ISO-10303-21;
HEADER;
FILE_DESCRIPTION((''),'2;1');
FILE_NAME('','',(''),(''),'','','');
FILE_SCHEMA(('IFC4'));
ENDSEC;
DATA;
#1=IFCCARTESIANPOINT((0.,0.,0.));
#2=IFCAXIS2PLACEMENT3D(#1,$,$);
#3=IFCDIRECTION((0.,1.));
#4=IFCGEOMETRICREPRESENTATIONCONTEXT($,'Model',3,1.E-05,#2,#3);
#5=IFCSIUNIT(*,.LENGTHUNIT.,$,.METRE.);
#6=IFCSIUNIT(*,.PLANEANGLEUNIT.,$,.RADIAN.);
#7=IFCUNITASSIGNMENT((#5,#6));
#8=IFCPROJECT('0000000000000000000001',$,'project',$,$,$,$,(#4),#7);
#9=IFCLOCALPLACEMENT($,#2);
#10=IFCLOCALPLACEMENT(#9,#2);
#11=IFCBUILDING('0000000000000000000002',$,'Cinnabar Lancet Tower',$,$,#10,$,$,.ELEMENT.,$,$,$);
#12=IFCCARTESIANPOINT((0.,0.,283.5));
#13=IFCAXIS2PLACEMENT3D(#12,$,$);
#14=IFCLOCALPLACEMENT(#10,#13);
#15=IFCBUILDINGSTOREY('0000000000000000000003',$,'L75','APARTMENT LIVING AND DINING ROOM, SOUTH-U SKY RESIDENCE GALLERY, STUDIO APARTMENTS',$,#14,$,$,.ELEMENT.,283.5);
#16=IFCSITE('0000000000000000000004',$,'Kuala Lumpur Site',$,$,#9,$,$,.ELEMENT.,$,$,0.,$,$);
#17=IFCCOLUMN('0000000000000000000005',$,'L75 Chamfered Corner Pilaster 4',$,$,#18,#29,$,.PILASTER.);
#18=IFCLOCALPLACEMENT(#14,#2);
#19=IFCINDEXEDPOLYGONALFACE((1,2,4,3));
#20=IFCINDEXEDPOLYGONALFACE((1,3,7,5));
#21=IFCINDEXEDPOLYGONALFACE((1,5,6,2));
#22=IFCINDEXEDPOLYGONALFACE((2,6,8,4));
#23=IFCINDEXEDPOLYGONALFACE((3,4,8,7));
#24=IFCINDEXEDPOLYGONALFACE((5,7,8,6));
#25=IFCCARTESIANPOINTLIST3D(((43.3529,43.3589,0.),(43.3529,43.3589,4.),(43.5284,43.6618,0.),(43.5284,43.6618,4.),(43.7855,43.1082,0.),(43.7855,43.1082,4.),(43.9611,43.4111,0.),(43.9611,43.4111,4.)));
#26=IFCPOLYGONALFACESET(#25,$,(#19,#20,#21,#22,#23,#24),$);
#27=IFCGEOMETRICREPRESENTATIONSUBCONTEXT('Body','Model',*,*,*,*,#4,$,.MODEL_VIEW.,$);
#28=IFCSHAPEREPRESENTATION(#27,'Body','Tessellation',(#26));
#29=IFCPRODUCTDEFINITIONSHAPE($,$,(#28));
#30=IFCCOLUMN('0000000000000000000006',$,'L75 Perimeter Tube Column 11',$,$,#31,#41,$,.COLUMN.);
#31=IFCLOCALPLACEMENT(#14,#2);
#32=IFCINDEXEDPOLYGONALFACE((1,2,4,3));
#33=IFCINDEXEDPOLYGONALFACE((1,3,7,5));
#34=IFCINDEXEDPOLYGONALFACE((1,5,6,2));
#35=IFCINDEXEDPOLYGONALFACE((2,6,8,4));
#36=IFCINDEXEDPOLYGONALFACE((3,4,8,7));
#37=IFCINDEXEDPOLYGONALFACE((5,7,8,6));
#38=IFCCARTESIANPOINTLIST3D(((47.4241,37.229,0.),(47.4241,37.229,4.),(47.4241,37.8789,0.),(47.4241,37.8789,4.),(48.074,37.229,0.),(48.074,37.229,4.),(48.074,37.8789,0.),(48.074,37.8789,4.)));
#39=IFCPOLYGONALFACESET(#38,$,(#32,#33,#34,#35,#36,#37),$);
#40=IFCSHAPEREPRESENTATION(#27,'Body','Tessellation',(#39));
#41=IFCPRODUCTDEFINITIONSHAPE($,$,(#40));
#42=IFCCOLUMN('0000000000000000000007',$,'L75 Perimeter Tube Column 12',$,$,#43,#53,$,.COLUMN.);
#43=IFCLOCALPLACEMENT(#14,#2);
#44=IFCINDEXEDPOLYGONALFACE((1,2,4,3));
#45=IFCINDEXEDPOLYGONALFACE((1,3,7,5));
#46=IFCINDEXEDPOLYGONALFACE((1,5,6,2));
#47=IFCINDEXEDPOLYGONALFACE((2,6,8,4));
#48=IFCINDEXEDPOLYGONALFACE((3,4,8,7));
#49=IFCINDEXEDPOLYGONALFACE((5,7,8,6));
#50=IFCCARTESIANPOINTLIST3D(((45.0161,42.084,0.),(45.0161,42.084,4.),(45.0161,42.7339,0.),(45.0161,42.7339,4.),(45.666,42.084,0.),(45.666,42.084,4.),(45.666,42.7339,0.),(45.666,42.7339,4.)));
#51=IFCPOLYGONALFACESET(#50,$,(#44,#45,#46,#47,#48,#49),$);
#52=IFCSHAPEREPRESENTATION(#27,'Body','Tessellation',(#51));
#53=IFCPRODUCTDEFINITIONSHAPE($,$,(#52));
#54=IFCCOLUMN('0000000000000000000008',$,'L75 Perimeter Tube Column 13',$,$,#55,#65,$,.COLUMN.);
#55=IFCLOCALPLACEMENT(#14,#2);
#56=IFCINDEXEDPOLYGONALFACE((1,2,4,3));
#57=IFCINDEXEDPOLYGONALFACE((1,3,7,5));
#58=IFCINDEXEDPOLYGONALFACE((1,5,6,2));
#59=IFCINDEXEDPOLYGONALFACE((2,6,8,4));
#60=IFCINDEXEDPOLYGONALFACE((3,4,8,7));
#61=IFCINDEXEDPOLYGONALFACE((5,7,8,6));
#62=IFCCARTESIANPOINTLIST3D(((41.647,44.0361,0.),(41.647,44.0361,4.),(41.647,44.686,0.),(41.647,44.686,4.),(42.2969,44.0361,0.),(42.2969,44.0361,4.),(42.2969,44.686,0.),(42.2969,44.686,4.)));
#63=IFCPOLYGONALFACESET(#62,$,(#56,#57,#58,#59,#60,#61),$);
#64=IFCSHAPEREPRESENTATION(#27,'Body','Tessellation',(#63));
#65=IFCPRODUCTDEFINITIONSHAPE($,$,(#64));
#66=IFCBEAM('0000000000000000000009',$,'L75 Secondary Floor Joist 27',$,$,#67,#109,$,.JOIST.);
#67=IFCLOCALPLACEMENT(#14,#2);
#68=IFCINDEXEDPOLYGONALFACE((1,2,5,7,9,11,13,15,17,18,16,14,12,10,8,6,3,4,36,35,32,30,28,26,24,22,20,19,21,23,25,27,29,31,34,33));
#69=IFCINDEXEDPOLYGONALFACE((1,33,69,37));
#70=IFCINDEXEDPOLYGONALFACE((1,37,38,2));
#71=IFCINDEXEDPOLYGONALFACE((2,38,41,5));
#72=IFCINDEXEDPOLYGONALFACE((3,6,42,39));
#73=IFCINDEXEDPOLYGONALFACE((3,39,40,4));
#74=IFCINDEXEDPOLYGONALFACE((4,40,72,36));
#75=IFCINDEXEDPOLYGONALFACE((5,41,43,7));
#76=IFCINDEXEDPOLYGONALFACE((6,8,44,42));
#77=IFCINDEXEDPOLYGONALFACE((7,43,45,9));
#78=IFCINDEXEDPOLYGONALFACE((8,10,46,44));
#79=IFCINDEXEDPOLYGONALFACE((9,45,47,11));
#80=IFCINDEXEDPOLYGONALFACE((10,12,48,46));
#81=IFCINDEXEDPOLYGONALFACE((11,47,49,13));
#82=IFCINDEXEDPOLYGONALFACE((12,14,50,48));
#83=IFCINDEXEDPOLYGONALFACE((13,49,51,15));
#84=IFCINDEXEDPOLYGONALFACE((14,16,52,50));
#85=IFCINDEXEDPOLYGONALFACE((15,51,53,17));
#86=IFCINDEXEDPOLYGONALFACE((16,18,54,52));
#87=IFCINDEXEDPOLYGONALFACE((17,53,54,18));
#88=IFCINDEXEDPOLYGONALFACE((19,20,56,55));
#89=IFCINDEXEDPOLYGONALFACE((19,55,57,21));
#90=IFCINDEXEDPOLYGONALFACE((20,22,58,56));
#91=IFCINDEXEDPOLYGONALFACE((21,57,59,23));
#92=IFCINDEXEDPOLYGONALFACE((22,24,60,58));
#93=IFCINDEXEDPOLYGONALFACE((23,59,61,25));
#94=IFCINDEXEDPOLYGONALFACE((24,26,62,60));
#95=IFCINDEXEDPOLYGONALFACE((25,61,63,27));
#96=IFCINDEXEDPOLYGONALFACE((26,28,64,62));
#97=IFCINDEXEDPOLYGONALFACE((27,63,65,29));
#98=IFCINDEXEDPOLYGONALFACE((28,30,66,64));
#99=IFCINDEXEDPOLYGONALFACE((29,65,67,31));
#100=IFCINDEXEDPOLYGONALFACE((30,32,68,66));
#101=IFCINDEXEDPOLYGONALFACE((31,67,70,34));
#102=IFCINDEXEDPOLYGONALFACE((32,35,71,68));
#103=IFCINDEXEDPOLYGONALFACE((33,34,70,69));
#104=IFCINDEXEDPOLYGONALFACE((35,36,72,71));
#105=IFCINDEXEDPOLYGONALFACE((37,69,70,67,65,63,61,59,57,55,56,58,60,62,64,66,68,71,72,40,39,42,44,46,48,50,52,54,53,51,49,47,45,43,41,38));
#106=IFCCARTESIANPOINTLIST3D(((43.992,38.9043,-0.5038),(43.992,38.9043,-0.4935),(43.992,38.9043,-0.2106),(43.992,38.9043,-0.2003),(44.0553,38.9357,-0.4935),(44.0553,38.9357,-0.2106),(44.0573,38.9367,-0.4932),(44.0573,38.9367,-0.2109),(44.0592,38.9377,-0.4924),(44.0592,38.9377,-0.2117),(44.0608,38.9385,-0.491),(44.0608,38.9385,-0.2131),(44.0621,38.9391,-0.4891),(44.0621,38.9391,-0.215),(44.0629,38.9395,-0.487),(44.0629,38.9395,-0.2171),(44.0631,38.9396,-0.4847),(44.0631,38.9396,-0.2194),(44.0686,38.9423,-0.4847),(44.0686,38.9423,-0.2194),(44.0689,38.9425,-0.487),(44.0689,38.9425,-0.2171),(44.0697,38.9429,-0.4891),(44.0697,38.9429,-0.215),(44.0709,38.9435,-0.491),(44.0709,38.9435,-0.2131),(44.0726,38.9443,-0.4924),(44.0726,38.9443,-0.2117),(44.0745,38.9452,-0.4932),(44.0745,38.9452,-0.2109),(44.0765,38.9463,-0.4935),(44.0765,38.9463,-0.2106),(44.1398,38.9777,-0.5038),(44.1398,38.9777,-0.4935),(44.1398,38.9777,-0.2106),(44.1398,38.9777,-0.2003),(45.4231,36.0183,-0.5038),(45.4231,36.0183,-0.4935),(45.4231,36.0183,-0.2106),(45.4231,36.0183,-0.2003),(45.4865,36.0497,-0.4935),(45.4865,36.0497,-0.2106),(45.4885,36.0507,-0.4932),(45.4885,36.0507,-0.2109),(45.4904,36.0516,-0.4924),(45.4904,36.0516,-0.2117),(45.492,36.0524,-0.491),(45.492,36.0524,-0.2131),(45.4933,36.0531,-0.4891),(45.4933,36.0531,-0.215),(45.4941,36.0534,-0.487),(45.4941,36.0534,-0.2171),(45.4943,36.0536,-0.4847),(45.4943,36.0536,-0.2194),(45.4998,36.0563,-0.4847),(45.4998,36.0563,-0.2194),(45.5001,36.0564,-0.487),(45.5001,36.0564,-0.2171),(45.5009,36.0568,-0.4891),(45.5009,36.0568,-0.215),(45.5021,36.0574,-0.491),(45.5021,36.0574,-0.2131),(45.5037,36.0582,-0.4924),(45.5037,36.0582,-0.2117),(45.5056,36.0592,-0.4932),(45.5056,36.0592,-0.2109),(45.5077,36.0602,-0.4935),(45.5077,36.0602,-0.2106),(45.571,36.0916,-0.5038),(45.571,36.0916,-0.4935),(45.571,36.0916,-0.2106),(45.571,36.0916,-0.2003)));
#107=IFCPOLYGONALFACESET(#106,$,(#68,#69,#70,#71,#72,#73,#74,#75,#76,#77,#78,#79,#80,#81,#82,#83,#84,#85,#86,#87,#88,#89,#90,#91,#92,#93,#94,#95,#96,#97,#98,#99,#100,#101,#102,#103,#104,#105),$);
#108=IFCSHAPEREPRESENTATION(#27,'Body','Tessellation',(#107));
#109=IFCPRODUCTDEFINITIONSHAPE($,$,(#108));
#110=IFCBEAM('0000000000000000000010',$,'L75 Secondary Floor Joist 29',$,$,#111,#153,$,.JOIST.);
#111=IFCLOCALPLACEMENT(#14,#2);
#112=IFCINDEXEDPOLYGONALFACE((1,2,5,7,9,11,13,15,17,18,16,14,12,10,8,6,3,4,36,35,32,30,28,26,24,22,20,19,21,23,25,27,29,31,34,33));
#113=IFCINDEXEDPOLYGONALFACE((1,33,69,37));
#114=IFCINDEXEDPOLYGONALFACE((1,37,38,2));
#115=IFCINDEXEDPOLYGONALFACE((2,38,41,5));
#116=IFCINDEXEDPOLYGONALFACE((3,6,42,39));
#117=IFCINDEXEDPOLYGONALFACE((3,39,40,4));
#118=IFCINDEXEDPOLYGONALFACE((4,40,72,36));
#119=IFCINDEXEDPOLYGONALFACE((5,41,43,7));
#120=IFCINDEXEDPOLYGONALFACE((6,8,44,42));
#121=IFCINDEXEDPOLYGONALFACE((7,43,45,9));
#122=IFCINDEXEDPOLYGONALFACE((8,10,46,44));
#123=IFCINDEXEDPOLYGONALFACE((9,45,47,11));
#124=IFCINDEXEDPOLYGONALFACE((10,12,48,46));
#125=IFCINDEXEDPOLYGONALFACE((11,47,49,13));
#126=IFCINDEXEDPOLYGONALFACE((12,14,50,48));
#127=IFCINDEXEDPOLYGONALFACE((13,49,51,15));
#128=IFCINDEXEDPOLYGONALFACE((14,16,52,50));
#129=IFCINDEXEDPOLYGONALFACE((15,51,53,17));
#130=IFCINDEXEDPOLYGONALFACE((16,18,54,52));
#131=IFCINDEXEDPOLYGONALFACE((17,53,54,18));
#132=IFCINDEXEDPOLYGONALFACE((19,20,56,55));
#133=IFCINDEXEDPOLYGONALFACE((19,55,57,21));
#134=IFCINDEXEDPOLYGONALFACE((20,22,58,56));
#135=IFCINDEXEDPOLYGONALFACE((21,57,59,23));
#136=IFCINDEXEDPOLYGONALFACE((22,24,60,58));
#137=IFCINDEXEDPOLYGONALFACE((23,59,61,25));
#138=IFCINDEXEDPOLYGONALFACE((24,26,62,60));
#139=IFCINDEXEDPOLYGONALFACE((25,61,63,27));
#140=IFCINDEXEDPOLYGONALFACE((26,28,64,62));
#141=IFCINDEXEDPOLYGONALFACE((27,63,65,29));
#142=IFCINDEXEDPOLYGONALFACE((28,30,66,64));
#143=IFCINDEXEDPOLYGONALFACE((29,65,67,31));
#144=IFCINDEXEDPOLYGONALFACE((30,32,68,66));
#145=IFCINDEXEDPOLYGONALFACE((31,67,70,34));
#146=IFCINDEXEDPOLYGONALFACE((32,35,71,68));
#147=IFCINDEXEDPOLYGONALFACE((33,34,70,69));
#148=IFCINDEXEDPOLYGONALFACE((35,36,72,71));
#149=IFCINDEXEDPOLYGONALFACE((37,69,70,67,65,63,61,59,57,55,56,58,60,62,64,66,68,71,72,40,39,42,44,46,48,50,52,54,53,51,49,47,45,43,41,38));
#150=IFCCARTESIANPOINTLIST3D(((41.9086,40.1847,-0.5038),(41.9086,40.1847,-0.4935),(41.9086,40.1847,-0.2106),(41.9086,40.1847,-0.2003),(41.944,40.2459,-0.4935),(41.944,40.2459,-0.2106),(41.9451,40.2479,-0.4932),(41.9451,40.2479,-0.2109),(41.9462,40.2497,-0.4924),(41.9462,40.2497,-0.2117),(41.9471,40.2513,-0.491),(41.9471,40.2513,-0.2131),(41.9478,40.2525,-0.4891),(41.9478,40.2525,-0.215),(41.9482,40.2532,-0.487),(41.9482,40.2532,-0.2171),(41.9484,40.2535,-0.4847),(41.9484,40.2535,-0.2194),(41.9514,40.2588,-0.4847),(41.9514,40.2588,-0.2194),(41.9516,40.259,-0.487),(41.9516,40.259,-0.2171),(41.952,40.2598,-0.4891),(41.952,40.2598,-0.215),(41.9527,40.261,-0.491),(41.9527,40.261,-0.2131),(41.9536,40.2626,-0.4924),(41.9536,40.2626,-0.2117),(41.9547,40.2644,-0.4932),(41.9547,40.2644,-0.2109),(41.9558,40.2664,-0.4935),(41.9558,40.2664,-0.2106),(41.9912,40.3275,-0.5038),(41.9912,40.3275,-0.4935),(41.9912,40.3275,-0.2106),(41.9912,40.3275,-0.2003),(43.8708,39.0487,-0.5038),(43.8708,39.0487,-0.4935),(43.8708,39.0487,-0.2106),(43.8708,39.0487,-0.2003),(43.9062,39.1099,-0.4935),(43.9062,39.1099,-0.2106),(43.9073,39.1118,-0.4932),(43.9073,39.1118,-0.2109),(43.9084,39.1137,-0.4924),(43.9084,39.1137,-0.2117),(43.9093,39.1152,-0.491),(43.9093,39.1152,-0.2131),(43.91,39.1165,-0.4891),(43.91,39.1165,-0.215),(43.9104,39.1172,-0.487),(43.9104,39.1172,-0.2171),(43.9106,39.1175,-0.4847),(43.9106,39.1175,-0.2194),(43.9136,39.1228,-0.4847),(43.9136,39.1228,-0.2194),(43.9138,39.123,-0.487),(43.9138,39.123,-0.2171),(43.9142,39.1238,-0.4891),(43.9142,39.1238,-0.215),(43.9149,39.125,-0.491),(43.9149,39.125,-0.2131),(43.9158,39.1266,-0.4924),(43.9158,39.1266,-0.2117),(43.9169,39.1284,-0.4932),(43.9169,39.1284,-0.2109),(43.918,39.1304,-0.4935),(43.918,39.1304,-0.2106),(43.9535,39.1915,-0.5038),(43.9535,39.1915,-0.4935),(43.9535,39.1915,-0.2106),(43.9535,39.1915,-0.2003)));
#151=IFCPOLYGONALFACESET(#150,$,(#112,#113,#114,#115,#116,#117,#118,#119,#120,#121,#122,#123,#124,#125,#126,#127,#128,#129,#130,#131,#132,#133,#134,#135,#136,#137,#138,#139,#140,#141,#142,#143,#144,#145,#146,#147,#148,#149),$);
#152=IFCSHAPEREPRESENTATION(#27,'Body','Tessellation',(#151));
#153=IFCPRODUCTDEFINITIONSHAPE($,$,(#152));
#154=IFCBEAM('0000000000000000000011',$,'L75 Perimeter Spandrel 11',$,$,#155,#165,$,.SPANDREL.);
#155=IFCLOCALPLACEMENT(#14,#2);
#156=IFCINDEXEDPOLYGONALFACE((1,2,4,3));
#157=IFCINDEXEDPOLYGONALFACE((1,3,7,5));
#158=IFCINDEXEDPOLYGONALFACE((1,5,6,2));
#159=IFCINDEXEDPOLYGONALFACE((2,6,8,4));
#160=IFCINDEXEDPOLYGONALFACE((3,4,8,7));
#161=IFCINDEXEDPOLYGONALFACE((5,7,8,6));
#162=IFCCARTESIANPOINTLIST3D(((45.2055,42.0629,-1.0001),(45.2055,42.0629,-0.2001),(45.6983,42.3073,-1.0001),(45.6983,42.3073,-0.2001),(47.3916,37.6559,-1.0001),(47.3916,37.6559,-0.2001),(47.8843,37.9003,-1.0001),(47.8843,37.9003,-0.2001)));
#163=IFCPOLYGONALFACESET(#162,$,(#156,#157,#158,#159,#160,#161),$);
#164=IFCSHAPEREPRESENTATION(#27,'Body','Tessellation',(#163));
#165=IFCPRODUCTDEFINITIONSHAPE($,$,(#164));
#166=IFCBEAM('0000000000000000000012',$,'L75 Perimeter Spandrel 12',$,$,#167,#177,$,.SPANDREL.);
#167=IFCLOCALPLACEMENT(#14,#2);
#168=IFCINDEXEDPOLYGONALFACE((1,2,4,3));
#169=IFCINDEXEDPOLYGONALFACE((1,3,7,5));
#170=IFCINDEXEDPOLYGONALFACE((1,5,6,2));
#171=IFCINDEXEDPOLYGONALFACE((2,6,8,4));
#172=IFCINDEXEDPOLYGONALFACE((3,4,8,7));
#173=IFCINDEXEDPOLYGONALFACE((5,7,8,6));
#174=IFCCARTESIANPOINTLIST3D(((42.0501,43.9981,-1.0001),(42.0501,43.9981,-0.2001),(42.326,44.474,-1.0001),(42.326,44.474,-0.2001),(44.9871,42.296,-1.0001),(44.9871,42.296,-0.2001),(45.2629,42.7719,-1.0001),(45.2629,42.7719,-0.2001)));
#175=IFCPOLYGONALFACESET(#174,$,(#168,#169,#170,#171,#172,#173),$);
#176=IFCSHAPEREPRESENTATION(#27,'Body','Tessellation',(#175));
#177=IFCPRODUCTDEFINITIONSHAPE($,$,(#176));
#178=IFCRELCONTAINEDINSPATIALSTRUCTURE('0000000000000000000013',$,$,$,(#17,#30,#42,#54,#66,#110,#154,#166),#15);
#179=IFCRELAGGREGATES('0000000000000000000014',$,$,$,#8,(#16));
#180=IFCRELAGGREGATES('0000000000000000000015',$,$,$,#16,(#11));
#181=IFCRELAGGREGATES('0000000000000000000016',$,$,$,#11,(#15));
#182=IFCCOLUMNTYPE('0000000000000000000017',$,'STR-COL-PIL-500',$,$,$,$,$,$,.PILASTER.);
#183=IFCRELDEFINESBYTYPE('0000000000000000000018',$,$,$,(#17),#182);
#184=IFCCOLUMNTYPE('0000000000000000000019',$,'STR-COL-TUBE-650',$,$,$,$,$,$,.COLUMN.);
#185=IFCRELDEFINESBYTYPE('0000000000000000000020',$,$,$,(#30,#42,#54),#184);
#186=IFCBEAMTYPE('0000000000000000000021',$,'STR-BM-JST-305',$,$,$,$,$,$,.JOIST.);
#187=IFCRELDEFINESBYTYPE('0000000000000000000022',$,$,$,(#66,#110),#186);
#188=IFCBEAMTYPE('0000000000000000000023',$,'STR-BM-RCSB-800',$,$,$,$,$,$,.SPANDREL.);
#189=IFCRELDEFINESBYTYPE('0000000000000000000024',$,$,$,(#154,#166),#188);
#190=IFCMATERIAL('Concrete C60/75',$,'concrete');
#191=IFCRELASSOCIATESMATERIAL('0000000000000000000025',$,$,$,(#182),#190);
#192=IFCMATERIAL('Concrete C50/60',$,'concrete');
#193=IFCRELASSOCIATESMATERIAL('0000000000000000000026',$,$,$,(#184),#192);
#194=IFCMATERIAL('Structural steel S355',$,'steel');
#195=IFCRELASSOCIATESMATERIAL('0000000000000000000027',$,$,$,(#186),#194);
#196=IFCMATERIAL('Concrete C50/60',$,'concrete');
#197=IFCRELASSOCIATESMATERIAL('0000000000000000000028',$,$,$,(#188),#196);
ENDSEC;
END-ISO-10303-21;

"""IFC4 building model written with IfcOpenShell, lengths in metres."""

from ifc_helpers import new_model, si_unit, direction, frame, origin, origin_2d, place, context, subcontext, project, spatial, rectangle, i_section, extrude, material, material_profile, profile_set, type_object, element, save


model = new_model("IFC4")

# Units and contexts
model_context = context("Model", 3, precision=1e-05, world=origin(), true_north=direction((0.0, 1.0)))
body_context = subcontext(model_context, "Body", "Model", "MODEL_VIEW")
ifc_project = project(units=[si_unit("LENGTHUNIT", "METRE"), si_unit("PLANEANGLEUNIT", "RADIAN")], contexts=[model_context])

# Site, building, storey
site_placement = place(None, origin())
site = spatial("IfcSite", under=ifc_project, at=site_placement, Name="Kuala Lumpur Site", CompositionType="ELEMENT", RefElevation=0.0)
building_placement = place(site_placement, origin())
building = spatial("IfcBuilding", under=site, at=building_placement, Name="Cinnabar Lancet Tower", CompositionType="ELEMENT")
storey_placement = place(building_placement, frame((0.0, 0.0, 283.5)))
storey = spatial("IfcBuildingStorey", under=building, at=storey_placement, Name="L75", Description="APARTMENT LIVING AND DINING ROOM, SOUTH-U SKY RESIDENCE GALLERY, STUDIO APARTMENTS", CompositionType="ELEMENT", Elevation=283.5)

# Columns
ifc_material_1 = material(Name="Concrete C60/75", Category="concrete")
ifc_material_profile_1 = material_profile(ifc_material_1, rectangle(XDim=0.5, YDim=0.3501, at=origin_2d()), Name="RC-PIL 500x350")
ifc_profile_set_1 = profile_set([ifc_material_profile_1], Name="Concrete C60/75")
column_type_1 = type_object("IfcColumnType", Name="STR-COL-PIL-500", PredefinedType="PILASTER", material=ifc_profile_set_1)
column_placement = place(storey_placement, frame((43.657, 43.385, 0.0), z_axis=(0.0, 0.0, 1.0), x_axis=(-0.865256, 0.50133, 0.0)))
element("IfcColumn", 1, at=column_placement, inside=storey, type_object=column_type_1, Name="L75 Chamfered Corner Pilaster 4", PredefinedType="PILASTER", context=body_context, shape_type="SweptSolid", body=[
    extrude(rectangle(XDim=0.5, YDim=0.3501, at=origin_2d()), origin(), (0.0, 0.0, 1.0), 4.0),
])
ifc_material_2 = material(Name="Concrete C50/60", Category="concrete")
ifc_material_profile_2 = material_profile(ifc_material_2, rectangle(XDim=0.6499, YDim=0.6499, at=origin_2d()), Name="RC-COL 650x650")
ifc_profile_set_2 = profile_set([ifc_material_profile_2], Name="Concrete C50/60")
column_type_2 = type_object("IfcColumnType", Name="STR-COL-TUBE-650", PredefinedType="COLUMN", material=ifc_profile_set_2)
for number, where, z_axis, x_axis, name in (
    (2, (47.749, 37.554, 0.0), (0.0, 0.0, 1.0), (1.0, 0.0, 0.0), "L75 Perimeter Tube Column 11"),
    (3, (45.3411, 42.4089, 0.0), (0.0, 0.0, 1.0), (1.0, 0.0, 0.0), "L75 Perimeter Tube Column 12"),
    (4, (41.9719, 44.3611, 0.0), (0.0, 0.0, 1.0), (1.0, 0.0, 0.0), "L75 Perimeter Tube Column 13"),
):
    element("IfcColumn", number, at=place(storey_placement, frame(where, z_axis=z_axis, x_axis=x_axis)), inside=storey, type_object=column_type_2, Name=name, PredefinedType="COLUMN", context=body_context, shape_type="SweptSolid", body=[
        extrude(rectangle(XDim=0.6499, YDim=0.6499, at=origin_2d()), origin(), (0.0, 0.0, 1.0), 4.0),
    ])

# Beams
ifc_material_3 = material(Name="Structural steel S355", Category="steel")
ifc_material_profile_3 = material_profile(ifc_material_3, i_section(OverallWidth=0.165, OverallDepth=0.3035, WebThickness=0.0061, FlangeThickness=0.0103, FilletRadius=0.0088, at=origin_2d()), Name="UKB 305x165x40")
ifc_profile_set_3 = profile_set([ifc_material_profile_3], Name="Structural steel S355")
beam_type_1 = type_object("IfcBeamType", Name="STR-BM-JST-305", PredefinedType="JOIST", material=ifc_profile_set_3)
beam_1_placement = place(storey_placement, frame((45.4971, 36.0549, -0.3521), z_axis=(-0.444271, 0.895893, 0.0), x_axis=(-0.895893, -0.444271, 0.0)))
element("IfcBeam", 5, at=beam_1_placement, inside=storey, type_object=beam_type_1, Name="L75 Secondary Floor Joist 27", PredefinedType="JOIST", context=body_context, shape_type="SweptSolid", body=[
    extrude(i_section(OverallWidth=0.165, OverallDepth=0.3035, WebThickness=0.0061, FlangeThickness=0.0103, FilletRadius=0.0088, at=origin_2d()), origin(), (0.0, 0.0, 1.0), 3.2214),
])
beam_2_placement = place(storey_placement, frame((43.9121, 39.1201, -0.3521), z_axis=(-0.865426, 0.501036, 0.0), x_axis=(-0.501036, -0.865426, 0.0)))
element("IfcBeam", 6, at=beam_2_placement, inside=storey, type_object=beam_type_1, Name="L75 Secondary Floor Joist 29", PredefinedType="JOIST", context=body_context, shape_type="SweptSolid", body=[
    extrude(i_section(OverallWidth=0.165, OverallDepth=0.3035, WebThickness=0.0061, FlangeThickness=0.0103, FilletRadius=0.0088, at=origin_2d()), origin(), (0.0, 0.0, 1.0), 2.2673),
])
ifc_material_4 = material(Name="Concrete C50/60", Category="concrete")
ifc_material_profile_4 = material_profile(ifc_material_4, rectangle(XDim=0.55, YDim=0.8, at=origin_2d()), Name="RC-SB 550x800")
ifc_profile_set_4 = profile_set([ifc_material_profile_4], Name="Concrete C50/60")
beam_type_2 = type_object("IfcBeamType", Name="STR-BM-RCSB-800", PredefinedType="SPANDREL", material=ifc_profile_set_4)
beam_3_placement = place(storey_placement, frame((47.6379, 37.7781, -0.6001), z_axis=(-0.444373, 0.895842, 0.0), x_axis=(-0.895842, -0.444373, 0.0)))
element("IfcBeam", 7, at=beam_3_placement, inside=storey, type_object=beam_type_2, Name="L75 Perimeter Spandrel 11", PredefinedType="SPANDREL", context=body_context, shape_type="SweptSolid", body=[
    extrude(rectangle(XDim=0.55, YDim=0.8, at=origin_2d()), origin(), (0.0, 0.0, 1.0), 4.9194),
])
beam_4_placement = place(storey_placement, frame((45.125, 42.5339, -0.6001), z_axis=(-0.8652, 0.501427, 0.0), x_axis=(-0.501427, -0.8652, 0.0)))
element("IfcBeam", 8, at=beam_4_placement, inside=storey, type_object=beam_type_2, Name="L75 Perimeter Spandrel 12", PredefinedType="SPANDREL", context=body_context, shape_type="SweptSolid", body=[
    extrude(rectangle(XDim=0.55, YDim=0.8, at=origin_2d()), origin(), (0.0, 0.0, 1.0), 3.3945),
])

save(model, "model.ifc")
